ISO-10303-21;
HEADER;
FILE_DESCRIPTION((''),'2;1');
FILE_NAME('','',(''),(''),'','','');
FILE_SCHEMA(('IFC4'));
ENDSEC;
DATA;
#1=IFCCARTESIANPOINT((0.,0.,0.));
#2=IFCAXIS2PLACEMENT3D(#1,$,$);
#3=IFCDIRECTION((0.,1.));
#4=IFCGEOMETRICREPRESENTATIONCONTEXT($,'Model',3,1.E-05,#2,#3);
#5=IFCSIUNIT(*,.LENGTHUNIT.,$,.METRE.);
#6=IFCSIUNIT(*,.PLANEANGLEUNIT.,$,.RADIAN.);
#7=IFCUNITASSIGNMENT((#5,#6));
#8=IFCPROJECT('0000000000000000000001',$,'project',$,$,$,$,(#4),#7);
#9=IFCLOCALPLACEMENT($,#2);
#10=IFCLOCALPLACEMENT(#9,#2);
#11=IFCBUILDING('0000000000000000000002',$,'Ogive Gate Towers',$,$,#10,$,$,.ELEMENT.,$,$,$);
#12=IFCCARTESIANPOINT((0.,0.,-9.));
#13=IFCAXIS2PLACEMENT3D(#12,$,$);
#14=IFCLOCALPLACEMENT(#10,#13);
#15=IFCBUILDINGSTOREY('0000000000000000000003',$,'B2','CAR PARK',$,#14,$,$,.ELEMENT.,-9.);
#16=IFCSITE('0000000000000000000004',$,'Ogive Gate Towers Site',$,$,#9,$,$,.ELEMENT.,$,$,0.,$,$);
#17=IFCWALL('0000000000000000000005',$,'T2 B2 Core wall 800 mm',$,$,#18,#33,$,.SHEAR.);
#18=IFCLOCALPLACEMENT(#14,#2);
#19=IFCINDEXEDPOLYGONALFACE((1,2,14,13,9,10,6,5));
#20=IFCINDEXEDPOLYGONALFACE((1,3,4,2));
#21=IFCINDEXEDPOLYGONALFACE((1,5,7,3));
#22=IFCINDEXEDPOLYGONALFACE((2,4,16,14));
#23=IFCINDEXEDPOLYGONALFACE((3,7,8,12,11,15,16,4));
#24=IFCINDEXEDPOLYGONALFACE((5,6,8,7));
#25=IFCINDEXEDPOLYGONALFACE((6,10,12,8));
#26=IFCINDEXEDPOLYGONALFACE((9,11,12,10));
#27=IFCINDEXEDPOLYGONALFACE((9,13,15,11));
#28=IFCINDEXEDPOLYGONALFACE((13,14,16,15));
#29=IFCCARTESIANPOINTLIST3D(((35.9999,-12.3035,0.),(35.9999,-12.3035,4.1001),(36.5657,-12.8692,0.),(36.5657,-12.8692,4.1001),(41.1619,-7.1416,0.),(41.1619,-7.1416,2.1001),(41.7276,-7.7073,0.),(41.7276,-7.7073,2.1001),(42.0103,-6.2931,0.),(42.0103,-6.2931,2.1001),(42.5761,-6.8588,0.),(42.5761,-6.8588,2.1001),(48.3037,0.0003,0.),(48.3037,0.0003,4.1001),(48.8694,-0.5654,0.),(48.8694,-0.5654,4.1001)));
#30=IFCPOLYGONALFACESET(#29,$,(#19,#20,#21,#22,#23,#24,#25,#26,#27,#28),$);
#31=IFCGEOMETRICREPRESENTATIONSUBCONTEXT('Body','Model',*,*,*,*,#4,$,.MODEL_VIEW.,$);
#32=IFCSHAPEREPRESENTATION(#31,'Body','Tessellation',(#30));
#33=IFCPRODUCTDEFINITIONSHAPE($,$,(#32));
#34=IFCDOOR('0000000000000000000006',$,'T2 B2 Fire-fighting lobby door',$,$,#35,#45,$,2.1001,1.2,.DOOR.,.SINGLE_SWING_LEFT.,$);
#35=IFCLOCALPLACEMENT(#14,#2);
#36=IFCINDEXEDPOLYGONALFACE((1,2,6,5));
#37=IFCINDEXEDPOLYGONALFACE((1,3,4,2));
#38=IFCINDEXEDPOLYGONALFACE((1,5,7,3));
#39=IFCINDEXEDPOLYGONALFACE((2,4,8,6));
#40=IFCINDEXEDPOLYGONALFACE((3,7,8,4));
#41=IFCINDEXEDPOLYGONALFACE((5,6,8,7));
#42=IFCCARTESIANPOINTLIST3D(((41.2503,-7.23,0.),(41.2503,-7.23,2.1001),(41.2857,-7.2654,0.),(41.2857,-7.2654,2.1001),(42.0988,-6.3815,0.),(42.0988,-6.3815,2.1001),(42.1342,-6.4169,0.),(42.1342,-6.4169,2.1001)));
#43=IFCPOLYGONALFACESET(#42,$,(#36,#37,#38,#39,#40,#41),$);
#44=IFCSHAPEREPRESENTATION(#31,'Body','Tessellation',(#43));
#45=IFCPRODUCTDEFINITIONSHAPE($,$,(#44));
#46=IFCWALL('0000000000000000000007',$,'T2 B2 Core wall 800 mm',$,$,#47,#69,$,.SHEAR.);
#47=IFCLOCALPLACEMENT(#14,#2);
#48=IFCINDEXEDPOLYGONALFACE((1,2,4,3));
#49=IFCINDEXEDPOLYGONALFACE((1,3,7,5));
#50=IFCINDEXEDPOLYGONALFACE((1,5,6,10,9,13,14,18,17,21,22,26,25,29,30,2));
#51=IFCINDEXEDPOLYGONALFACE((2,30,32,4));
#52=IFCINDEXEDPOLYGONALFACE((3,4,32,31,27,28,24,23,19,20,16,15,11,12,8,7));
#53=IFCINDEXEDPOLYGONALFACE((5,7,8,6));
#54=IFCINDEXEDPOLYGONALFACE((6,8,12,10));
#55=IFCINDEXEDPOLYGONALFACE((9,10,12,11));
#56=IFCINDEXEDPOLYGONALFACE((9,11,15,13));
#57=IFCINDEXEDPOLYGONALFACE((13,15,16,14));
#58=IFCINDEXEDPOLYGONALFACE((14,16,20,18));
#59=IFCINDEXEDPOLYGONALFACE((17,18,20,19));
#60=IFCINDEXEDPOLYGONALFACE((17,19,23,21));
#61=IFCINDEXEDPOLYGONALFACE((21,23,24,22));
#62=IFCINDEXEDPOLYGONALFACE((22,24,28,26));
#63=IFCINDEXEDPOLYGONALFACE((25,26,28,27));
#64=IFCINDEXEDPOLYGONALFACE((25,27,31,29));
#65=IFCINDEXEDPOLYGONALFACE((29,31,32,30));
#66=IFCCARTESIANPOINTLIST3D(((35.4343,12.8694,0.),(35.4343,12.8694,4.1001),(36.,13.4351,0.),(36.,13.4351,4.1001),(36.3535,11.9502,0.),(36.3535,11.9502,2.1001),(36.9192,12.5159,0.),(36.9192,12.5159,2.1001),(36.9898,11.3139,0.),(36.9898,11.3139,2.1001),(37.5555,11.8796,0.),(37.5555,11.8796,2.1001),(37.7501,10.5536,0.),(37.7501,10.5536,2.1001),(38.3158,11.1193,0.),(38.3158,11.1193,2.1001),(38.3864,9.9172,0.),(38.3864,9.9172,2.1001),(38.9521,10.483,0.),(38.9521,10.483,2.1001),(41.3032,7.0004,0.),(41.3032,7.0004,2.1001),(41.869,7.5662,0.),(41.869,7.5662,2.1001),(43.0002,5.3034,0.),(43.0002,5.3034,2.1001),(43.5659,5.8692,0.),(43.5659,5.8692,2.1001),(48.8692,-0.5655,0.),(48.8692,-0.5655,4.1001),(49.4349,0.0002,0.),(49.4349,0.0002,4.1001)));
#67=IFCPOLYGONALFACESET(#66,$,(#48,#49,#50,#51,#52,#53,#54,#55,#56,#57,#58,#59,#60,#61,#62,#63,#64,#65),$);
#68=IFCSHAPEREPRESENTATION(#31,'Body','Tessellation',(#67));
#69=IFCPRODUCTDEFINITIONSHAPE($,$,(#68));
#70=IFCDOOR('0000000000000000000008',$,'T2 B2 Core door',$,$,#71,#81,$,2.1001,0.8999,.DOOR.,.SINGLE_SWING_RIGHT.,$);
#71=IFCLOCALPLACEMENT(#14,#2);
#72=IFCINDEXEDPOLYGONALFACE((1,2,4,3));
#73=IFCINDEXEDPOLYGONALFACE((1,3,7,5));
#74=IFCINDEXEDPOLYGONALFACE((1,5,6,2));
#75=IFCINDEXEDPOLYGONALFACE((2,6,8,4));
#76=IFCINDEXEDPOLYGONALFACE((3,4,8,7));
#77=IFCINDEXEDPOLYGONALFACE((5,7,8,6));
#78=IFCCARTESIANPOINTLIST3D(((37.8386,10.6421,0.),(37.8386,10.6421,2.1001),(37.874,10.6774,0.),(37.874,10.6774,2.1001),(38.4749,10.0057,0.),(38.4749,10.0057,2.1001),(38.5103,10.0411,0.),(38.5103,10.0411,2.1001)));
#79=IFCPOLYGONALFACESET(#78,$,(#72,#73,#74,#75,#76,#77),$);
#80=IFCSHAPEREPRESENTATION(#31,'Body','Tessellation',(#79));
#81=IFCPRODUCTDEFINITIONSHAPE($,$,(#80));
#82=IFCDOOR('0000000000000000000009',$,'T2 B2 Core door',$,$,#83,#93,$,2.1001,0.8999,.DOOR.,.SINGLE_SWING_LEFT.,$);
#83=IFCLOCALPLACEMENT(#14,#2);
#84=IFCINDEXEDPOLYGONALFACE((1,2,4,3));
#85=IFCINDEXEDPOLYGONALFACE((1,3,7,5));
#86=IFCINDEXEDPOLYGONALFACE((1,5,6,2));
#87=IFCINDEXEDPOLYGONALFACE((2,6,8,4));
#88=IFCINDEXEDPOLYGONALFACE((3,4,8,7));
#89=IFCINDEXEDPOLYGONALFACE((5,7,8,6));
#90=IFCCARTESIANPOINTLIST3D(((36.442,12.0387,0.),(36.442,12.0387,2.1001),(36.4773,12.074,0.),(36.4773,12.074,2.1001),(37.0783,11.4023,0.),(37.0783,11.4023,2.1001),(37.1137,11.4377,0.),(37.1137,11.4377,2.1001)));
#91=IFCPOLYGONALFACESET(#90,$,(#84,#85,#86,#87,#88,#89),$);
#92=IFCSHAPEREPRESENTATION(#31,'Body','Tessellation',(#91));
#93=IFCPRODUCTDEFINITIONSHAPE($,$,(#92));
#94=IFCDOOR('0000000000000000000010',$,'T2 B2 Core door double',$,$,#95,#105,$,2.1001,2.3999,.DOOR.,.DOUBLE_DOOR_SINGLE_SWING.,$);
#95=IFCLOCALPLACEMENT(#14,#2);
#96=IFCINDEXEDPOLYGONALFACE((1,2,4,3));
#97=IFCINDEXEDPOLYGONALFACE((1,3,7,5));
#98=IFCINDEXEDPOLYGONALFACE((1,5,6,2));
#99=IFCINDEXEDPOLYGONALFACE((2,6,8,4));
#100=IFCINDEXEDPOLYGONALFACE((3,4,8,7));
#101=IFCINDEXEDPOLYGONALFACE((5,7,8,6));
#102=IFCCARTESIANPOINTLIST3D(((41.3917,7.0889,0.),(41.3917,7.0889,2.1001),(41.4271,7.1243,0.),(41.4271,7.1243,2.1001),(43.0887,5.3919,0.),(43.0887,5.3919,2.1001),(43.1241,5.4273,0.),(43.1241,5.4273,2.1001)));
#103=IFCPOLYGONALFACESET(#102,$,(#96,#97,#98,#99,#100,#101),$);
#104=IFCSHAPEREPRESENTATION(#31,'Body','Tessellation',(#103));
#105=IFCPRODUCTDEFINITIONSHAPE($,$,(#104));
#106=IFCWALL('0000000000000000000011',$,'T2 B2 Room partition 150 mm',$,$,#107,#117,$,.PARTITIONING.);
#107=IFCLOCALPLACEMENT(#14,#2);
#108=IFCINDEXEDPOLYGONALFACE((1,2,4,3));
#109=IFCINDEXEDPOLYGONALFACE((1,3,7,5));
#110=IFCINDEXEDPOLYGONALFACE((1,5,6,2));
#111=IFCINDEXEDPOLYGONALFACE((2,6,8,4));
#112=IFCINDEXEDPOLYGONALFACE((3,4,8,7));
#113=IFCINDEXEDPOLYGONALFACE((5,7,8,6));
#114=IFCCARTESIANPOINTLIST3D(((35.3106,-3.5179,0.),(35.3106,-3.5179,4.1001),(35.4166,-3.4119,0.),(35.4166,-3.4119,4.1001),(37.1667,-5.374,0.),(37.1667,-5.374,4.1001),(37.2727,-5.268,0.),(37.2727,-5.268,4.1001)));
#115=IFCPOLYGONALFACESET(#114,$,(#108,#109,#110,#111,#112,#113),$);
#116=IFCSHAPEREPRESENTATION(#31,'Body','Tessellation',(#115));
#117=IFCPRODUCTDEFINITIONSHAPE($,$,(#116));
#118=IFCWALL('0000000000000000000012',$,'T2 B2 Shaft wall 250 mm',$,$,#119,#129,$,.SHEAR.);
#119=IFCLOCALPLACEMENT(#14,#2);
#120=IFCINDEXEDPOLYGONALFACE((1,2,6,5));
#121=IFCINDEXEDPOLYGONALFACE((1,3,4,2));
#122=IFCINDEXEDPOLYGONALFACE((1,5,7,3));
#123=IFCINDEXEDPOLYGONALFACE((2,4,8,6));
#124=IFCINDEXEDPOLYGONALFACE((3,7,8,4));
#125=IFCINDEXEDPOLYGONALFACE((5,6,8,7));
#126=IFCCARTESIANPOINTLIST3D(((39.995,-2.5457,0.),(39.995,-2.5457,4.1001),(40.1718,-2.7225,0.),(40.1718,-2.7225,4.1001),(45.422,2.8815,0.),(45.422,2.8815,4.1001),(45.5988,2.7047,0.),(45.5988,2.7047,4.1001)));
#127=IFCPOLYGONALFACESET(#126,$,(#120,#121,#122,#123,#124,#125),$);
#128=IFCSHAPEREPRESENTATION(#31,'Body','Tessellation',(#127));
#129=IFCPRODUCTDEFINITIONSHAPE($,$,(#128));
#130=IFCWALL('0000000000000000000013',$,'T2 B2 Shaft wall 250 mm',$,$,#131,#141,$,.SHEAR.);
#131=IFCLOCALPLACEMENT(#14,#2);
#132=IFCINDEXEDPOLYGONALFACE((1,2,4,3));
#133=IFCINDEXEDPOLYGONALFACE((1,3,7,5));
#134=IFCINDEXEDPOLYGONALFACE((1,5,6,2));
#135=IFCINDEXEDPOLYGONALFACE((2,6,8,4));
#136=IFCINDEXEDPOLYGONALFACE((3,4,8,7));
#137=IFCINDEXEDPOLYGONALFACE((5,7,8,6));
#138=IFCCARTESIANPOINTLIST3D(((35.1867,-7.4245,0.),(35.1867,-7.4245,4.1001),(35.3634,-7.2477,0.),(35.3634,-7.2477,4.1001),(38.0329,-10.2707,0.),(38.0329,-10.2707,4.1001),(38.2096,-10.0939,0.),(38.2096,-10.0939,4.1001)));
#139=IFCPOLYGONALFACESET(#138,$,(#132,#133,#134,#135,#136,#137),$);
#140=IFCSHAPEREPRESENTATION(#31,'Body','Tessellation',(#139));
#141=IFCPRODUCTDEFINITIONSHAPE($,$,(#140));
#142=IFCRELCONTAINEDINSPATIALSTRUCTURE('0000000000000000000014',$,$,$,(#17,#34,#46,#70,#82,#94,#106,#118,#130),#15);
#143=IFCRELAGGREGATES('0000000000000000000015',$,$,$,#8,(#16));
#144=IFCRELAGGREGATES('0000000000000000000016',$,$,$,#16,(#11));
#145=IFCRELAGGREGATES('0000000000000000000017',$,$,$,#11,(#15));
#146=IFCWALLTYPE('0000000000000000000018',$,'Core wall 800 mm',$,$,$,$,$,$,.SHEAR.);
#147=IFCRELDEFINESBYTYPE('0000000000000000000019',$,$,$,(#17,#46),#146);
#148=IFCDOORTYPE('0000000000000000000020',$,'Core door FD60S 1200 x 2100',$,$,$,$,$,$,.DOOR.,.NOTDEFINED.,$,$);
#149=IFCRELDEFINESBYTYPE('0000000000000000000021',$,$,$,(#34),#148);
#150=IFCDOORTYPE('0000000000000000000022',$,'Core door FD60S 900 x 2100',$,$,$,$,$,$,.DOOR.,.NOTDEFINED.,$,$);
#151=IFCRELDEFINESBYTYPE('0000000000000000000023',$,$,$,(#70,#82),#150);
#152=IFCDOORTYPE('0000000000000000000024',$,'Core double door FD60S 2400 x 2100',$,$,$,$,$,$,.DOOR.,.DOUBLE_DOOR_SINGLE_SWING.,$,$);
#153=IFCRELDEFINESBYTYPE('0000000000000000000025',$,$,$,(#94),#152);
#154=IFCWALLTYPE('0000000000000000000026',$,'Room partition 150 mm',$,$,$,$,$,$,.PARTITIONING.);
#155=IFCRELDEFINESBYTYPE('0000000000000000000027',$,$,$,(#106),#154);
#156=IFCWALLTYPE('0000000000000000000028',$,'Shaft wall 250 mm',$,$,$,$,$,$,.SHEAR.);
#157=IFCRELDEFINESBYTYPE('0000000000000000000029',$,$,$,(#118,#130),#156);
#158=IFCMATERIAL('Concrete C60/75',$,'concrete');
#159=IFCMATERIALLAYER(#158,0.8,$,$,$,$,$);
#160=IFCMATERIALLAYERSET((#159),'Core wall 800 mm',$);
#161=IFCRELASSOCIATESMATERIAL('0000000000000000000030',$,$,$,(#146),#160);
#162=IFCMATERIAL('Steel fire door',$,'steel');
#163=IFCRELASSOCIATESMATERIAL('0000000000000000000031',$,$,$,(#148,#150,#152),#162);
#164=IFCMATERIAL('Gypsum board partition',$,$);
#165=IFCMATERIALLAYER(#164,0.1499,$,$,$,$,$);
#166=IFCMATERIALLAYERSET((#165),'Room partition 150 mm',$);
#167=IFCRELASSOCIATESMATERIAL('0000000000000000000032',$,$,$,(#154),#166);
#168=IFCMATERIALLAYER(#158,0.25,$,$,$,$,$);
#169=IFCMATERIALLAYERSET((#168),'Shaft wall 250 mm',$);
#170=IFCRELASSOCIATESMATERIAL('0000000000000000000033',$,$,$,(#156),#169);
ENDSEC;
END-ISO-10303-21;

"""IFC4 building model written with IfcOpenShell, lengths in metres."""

from ifc_helpers import new_model, si_unit, direction, frame, frame_2d, origin, place, context, subcontext, project, spatial, rectangle, extrude, material, layer, layer_set, type_object, element, fill, save


model = new_model("IFC4")

# Units and contexts
model_context = context("Model", 3, precision=1e-05, world=origin(), true_north=direction((0.0, 1.0)))
body_context = subcontext(model_context, "Body", "Model", "MODEL_VIEW")
ifc_project = project(units=[si_unit("LENGTHUNIT", "METRE"), si_unit("PLANEANGLEUNIT", "RADIAN")], contexts=[model_context])

# Site, building, storey
site_placement = place(None, origin())
site = spatial("IfcSite", under=ifc_project, at=site_placement, Name="Ogive Gate Towers Site", CompositionType="ELEMENT", RefElevation=0.0)
building_placement = place(site_placement, origin())
building = spatial("IfcBuilding", under=site, at=building_placement, Name="Ogive Gate Towers", CompositionType="ELEMENT")
storey_placement = place(building_placement, frame((0.0, 0.0, -9.0)))
storey = spatial("IfcBuildingStorey", under=building, at=storey_placement, Name="B2", Description="CAR PARK", CompositionType="ELEMENT", Elevation=-9.0)

# Wall, opening, door
ifc_material_1 = material(Name="Concrete C60/75", Category="concrete")
ifc_layer_1 = layer(ifc_material_1, 0.8)
ifc_layer_set_1 = layer_set([ifc_layer_1], Name="Core wall 800 mm")
wall_type_1 = type_object("IfcWallType", Name="Core wall 800 mm", PredefinedType="SHEAR", material=ifc_layer_set_1)
wall_1_placement = place(storey_placement, frame((36.2827, -12.5864, 0.0), z_axis=(0.0, 0.0, 1.0), x_axis=(0.707107, 0.707107, 0.0)))
wall_1 = element("IfcWall", 1, at=wall_1_placement, inside=storey, type_object=wall_type_1, Name="T2 B2 Core wall 800 mm", PredefinedType="SHEAR", context=body_context, shape_type="SweptSolid", body=[
    extrude(rectangle(XDim=17.4001, YDim=0.8, at=frame_2d((8.7002, 0.0))), origin(), (0.0, 0.0, 1.0), 4.1001),
])
opening_1_placement = place(wall_1_placement, frame((7.3, 0.0, 0.0)))
opening_1 = element("IfcOpeningElement", 2, at=opening_1_placement, cuts=wall_1, PredefinedType="OPENING", context=body_context, shape_type="SweptSolid", body=[
    extrude(rectangle(XDim=1.2, YDim=2.1001, at=frame_2d((0.6001, 1.05))), frame((0.0, 0.4102, 0.0), z_axis=(0.0, -1.0, 0.0), x_axis=(1.0, 0.0, 0.0)), (0.0, 0.0, 1.0), 0.8201),
])
ifc_material_2 = material(Name="Steel fire door", Category="steel")
door_type_1 = type_object("IfcDoorType", Name="Core door FD60S 1200 x 2100", OperationType="NOTDEFINED", PredefinedType="DOOR", material=ifc_material_2)
door_1_placement = place(opening_1_placement, origin())
door_1 = element("IfcDoor", 3, at=door_1_placement, inside=storey, type_object=door_type_1, Name="T2 B2 Fire-fighting lobby door", OperationType="SINGLE_SWING_LEFT", OverallHeight=2.1001, OverallWidth=1.2, PredefinedType="DOOR", context=body_context, shape_type="SweptSolid", body=[
    extrude(rectangle(XDim=1.2, YDim=2.1001, at=frame_2d((0.6001, 1.05))), frame((0.0, 0.2749, 0.0), z_axis=(0.0, -1.0, 0.0), x_axis=(1.0, 0.0, 0.0)), (0.0, 0.0, 1.0), 0.05),
])
fill(opening_1, door_1)

# Wall, openings, doors
wall_2_placement = place(storey_placement, frame((49.1521, -0.2827, 0.0), z_axis=(0.0, 0.0, 1.0), x_axis=(-0.707107, 0.707107, 0.0)))
wall_2 = element("IfcWall", 4, at=wall_2_placement, inside=storey, type_object=wall_type_1, Name="T2 B2 Core wall 800 mm", PredefinedType="SHEAR", context=body_context, shape_type="SweptSolid", body=[
    extrude(rectangle(XDim=18.9998, YDim=0.8, at=frame_2d((9.5, 0.0))), origin(), (0.0, 0.0, 1.0), 4.1001),
])
opening_2_placement = place(wall_2_placement, frame((8.3, 0.0, 0.0)))
opening_2 = element("IfcOpeningElement", 5, at=opening_2_placement, cuts=wall_2, PredefinedType="OPENING", context=body_context, shape_type="SweptSolid", body=[
    extrude(rectangle(XDim=2.3999, YDim=2.1001, at=frame_2d((1.2, 1.05))), frame((0.0, 0.4102, 0.0), z_axis=(0.0, -1.0, 0.0), x_axis=(1.0, 0.0, 0.0)), (0.0, 0.0, 1.0), 0.8201),
])
opening_3_placement = place(wall_2_placement, frame((14.825, 0.0, 0.0)))
opening_3 = element("IfcOpeningElement", 6, at=opening_3_placement, cuts=wall_2, PredefinedType="OPENING", context=body_context, shape_type="SweptSolid", body=[
    extrude(rectangle(XDim=0.8999, YDim=2.1001, at=frame_2d((0.45, 1.05))), frame((0.0, 0.4102, 0.0), z_axis=(0.0, -1.0, 0.0), x_axis=(1.0, 0.0, 0.0)), (0.0, 0.0, 1.0), 0.8201),
])
opening_4_placement = place(wall_2_placement, frame((16.8, 0.0, 0.0)))
opening_4 = element("IfcOpeningElement", 7, at=opening_4_placement, cuts=wall_2, PredefinedType="OPENING", context=body_context, shape_type="SweptSolid", body=[
    extrude(rectangle(XDim=0.8999, YDim=2.1001, at=frame_2d((0.45, 1.05))), frame((0.0, 0.4102, 0.0), z_axis=(0.0, -1.0, 0.0), x_axis=(1.0, 0.0, 0.0)), (0.0, 0.0, 1.0), 0.8201),
])
door_type_2 = type_object("IfcDoorType", Name="Core door FD60S 900 x 2100", OperationType="NOTDEFINED", PredefinedType="DOOR", material=ifc_material_2)
door_2_placement = place(opening_3_placement, origin())
door_2 = element("IfcDoor", 8, at=door_2_placement, inside=storey, type_object=door_type_2, Name="T2 B2 Core door", OperationType="SINGLE_SWING_RIGHT", OverallHeight=2.1001, OverallWidth=0.8999, PredefinedType="DOOR", context=body_context, shape_type="SweptSolid", body=[
    extrude(rectangle(XDim=0.8999, YDim=2.1001, at=frame_2d((0.45, 1.05))), frame((0.0, 0.2749, 0.0), z_axis=(0.0, -1.0, 0.0), x_axis=(1.0, 0.0, 0.0)), (0.0, 0.0, 1.0), 0.05),
])
fill(opening_3, door_2)
door_3_placement = place(opening_4_placement, origin())
door_3 = element("IfcDoor", 9, at=door_3_placement, inside=storey, type_object=door_type_2, Name="T2 B2 Core door", OperationType="SINGLE_SWING_LEFT", OverallHeight=2.1001, OverallWidth=0.8999, PredefinedType="DOOR", context=body_context, shape_type="SweptSolid", body=[
    extrude(rectangle(XDim=0.8999, YDim=2.1001, at=frame_2d((0.45, 1.05))), frame((0.0, 0.2749, 0.0), z_axis=(0.0, -1.0, 0.0), x_axis=(1.0, 0.0, 0.0)), (0.0, 0.0, 1.0), 0.05),
])
fill(opening_4, door_3)
door_type_3 = type_object("IfcDoorType", Name="Core double door FD60S 2400 x 2100", OperationType="DOUBLE_DOOR_SINGLE_SWING", PredefinedType="DOOR", material=ifc_material_2)
door_4_placement = place(opening_2_placement, origin())
door_4 = element("IfcDoor", 10, at=door_4_placement, inside=storey, type_object=door_type_3, Name="T2 B2 Core door double", OperationType="DOUBLE_DOOR_SINGLE_SWING", OverallHeight=2.1001, OverallWidth=2.3999, PredefinedType="DOOR", context=body_context, shape_type="SweptSolid", body=[
    extrude(rectangle(XDim=2.3999, YDim=2.1001, at=frame_2d((1.2, 1.05))), frame((0.0, 0.2749, 0.0), z_axis=(0.0, -1.0, 0.0), x_axis=(1.0, 0.0, 0.0)), (0.0, 0.0, 1.0), 0.05),
])
fill(opening_2, door_4)

# Walls
ifc_material_3 = material(Name="Gypsum board partition")
ifc_layer_2 = layer(ifc_material_3, 0.1499)
ifc_layer_set_2 = layer_set([ifc_layer_2], Name="Room partition 150 mm")
wall_type_2 = type_object("IfcWallType", Name="Room partition 150 mm", PredefinedType="PARTITIONING", material=ifc_layer_set_2)
wall_3_placement = place(storey_placement, frame((37.2197, -5.321, 0.0), z_axis=(0.0, 0.0, 1.0), x_axis=(-0.707107, 0.707107, 0.0)))
element("IfcWall", 11, at=wall_3_placement, inside=storey, type_object=wall_type_2, Name="T2 B2 Room partition 150 mm", PredefinedType="PARTITIONING", context=body_context, shape_type="SweptSolid", body=[
    extrude(rectangle(XDim=2.625, YDim=0.1499, at=frame_2d((1.3125, 0.0))), origin(), (0.0, 0.0, 1.0), 4.1001),
])
ifc_layer_3 = layer(ifc_material_1, 0.25)
ifc_layer_set_3 = layer_set([ifc_layer_3], Name="Shaft wall 250 mm")
wall_type_3 = type_object("IfcWallType", Name="Shaft wall 250 mm", PredefinedType="SHEAR", material=ifc_layer_set_3)
wall_4_placement = place(storey_placement, frame((40.0835, -2.634, 0.0), z_axis=(0.0, 0.0, 1.0), x_axis=(0.707091, 0.707123, 0.0)))
element("IfcWall", 12, at=wall_4_placement, inside=storey, type_object=wall_type_3, Name="T2 B2 Shaft wall 250 mm", PredefinedType="SHEAR", context=body_context, shape_type="SweptSolid", body=[
    extrude(rectangle(XDim=7.675, YDim=0.25, at=frame_2d((3.8374, 0.0))), origin(), (0.0, 0.0, 1.0), 4.1001),
])
wall_5_placement = place(storey_placement, frame((38.1213, -10.1824, 0.0), z_axis=(0.0, 0.0, 1.0), x_axis=(-0.707107, 0.707107, 0.0)))
element("IfcWall", 13, at=wall_5_placement, inside=storey, type_object=wall_type_3, Name="T2 B2 Shaft wall 250 mm", PredefinedType="SHEAR", context=body_context, shape_type="SweptSolid", body=[
    extrude(rectangle(XDim=4.0251, YDim=0.25, at=frame_2d((2.0127, 0.0))), origin(), (0.0, 0.0, 1.0), 4.1001),
])

save(model, "model.ifc")
